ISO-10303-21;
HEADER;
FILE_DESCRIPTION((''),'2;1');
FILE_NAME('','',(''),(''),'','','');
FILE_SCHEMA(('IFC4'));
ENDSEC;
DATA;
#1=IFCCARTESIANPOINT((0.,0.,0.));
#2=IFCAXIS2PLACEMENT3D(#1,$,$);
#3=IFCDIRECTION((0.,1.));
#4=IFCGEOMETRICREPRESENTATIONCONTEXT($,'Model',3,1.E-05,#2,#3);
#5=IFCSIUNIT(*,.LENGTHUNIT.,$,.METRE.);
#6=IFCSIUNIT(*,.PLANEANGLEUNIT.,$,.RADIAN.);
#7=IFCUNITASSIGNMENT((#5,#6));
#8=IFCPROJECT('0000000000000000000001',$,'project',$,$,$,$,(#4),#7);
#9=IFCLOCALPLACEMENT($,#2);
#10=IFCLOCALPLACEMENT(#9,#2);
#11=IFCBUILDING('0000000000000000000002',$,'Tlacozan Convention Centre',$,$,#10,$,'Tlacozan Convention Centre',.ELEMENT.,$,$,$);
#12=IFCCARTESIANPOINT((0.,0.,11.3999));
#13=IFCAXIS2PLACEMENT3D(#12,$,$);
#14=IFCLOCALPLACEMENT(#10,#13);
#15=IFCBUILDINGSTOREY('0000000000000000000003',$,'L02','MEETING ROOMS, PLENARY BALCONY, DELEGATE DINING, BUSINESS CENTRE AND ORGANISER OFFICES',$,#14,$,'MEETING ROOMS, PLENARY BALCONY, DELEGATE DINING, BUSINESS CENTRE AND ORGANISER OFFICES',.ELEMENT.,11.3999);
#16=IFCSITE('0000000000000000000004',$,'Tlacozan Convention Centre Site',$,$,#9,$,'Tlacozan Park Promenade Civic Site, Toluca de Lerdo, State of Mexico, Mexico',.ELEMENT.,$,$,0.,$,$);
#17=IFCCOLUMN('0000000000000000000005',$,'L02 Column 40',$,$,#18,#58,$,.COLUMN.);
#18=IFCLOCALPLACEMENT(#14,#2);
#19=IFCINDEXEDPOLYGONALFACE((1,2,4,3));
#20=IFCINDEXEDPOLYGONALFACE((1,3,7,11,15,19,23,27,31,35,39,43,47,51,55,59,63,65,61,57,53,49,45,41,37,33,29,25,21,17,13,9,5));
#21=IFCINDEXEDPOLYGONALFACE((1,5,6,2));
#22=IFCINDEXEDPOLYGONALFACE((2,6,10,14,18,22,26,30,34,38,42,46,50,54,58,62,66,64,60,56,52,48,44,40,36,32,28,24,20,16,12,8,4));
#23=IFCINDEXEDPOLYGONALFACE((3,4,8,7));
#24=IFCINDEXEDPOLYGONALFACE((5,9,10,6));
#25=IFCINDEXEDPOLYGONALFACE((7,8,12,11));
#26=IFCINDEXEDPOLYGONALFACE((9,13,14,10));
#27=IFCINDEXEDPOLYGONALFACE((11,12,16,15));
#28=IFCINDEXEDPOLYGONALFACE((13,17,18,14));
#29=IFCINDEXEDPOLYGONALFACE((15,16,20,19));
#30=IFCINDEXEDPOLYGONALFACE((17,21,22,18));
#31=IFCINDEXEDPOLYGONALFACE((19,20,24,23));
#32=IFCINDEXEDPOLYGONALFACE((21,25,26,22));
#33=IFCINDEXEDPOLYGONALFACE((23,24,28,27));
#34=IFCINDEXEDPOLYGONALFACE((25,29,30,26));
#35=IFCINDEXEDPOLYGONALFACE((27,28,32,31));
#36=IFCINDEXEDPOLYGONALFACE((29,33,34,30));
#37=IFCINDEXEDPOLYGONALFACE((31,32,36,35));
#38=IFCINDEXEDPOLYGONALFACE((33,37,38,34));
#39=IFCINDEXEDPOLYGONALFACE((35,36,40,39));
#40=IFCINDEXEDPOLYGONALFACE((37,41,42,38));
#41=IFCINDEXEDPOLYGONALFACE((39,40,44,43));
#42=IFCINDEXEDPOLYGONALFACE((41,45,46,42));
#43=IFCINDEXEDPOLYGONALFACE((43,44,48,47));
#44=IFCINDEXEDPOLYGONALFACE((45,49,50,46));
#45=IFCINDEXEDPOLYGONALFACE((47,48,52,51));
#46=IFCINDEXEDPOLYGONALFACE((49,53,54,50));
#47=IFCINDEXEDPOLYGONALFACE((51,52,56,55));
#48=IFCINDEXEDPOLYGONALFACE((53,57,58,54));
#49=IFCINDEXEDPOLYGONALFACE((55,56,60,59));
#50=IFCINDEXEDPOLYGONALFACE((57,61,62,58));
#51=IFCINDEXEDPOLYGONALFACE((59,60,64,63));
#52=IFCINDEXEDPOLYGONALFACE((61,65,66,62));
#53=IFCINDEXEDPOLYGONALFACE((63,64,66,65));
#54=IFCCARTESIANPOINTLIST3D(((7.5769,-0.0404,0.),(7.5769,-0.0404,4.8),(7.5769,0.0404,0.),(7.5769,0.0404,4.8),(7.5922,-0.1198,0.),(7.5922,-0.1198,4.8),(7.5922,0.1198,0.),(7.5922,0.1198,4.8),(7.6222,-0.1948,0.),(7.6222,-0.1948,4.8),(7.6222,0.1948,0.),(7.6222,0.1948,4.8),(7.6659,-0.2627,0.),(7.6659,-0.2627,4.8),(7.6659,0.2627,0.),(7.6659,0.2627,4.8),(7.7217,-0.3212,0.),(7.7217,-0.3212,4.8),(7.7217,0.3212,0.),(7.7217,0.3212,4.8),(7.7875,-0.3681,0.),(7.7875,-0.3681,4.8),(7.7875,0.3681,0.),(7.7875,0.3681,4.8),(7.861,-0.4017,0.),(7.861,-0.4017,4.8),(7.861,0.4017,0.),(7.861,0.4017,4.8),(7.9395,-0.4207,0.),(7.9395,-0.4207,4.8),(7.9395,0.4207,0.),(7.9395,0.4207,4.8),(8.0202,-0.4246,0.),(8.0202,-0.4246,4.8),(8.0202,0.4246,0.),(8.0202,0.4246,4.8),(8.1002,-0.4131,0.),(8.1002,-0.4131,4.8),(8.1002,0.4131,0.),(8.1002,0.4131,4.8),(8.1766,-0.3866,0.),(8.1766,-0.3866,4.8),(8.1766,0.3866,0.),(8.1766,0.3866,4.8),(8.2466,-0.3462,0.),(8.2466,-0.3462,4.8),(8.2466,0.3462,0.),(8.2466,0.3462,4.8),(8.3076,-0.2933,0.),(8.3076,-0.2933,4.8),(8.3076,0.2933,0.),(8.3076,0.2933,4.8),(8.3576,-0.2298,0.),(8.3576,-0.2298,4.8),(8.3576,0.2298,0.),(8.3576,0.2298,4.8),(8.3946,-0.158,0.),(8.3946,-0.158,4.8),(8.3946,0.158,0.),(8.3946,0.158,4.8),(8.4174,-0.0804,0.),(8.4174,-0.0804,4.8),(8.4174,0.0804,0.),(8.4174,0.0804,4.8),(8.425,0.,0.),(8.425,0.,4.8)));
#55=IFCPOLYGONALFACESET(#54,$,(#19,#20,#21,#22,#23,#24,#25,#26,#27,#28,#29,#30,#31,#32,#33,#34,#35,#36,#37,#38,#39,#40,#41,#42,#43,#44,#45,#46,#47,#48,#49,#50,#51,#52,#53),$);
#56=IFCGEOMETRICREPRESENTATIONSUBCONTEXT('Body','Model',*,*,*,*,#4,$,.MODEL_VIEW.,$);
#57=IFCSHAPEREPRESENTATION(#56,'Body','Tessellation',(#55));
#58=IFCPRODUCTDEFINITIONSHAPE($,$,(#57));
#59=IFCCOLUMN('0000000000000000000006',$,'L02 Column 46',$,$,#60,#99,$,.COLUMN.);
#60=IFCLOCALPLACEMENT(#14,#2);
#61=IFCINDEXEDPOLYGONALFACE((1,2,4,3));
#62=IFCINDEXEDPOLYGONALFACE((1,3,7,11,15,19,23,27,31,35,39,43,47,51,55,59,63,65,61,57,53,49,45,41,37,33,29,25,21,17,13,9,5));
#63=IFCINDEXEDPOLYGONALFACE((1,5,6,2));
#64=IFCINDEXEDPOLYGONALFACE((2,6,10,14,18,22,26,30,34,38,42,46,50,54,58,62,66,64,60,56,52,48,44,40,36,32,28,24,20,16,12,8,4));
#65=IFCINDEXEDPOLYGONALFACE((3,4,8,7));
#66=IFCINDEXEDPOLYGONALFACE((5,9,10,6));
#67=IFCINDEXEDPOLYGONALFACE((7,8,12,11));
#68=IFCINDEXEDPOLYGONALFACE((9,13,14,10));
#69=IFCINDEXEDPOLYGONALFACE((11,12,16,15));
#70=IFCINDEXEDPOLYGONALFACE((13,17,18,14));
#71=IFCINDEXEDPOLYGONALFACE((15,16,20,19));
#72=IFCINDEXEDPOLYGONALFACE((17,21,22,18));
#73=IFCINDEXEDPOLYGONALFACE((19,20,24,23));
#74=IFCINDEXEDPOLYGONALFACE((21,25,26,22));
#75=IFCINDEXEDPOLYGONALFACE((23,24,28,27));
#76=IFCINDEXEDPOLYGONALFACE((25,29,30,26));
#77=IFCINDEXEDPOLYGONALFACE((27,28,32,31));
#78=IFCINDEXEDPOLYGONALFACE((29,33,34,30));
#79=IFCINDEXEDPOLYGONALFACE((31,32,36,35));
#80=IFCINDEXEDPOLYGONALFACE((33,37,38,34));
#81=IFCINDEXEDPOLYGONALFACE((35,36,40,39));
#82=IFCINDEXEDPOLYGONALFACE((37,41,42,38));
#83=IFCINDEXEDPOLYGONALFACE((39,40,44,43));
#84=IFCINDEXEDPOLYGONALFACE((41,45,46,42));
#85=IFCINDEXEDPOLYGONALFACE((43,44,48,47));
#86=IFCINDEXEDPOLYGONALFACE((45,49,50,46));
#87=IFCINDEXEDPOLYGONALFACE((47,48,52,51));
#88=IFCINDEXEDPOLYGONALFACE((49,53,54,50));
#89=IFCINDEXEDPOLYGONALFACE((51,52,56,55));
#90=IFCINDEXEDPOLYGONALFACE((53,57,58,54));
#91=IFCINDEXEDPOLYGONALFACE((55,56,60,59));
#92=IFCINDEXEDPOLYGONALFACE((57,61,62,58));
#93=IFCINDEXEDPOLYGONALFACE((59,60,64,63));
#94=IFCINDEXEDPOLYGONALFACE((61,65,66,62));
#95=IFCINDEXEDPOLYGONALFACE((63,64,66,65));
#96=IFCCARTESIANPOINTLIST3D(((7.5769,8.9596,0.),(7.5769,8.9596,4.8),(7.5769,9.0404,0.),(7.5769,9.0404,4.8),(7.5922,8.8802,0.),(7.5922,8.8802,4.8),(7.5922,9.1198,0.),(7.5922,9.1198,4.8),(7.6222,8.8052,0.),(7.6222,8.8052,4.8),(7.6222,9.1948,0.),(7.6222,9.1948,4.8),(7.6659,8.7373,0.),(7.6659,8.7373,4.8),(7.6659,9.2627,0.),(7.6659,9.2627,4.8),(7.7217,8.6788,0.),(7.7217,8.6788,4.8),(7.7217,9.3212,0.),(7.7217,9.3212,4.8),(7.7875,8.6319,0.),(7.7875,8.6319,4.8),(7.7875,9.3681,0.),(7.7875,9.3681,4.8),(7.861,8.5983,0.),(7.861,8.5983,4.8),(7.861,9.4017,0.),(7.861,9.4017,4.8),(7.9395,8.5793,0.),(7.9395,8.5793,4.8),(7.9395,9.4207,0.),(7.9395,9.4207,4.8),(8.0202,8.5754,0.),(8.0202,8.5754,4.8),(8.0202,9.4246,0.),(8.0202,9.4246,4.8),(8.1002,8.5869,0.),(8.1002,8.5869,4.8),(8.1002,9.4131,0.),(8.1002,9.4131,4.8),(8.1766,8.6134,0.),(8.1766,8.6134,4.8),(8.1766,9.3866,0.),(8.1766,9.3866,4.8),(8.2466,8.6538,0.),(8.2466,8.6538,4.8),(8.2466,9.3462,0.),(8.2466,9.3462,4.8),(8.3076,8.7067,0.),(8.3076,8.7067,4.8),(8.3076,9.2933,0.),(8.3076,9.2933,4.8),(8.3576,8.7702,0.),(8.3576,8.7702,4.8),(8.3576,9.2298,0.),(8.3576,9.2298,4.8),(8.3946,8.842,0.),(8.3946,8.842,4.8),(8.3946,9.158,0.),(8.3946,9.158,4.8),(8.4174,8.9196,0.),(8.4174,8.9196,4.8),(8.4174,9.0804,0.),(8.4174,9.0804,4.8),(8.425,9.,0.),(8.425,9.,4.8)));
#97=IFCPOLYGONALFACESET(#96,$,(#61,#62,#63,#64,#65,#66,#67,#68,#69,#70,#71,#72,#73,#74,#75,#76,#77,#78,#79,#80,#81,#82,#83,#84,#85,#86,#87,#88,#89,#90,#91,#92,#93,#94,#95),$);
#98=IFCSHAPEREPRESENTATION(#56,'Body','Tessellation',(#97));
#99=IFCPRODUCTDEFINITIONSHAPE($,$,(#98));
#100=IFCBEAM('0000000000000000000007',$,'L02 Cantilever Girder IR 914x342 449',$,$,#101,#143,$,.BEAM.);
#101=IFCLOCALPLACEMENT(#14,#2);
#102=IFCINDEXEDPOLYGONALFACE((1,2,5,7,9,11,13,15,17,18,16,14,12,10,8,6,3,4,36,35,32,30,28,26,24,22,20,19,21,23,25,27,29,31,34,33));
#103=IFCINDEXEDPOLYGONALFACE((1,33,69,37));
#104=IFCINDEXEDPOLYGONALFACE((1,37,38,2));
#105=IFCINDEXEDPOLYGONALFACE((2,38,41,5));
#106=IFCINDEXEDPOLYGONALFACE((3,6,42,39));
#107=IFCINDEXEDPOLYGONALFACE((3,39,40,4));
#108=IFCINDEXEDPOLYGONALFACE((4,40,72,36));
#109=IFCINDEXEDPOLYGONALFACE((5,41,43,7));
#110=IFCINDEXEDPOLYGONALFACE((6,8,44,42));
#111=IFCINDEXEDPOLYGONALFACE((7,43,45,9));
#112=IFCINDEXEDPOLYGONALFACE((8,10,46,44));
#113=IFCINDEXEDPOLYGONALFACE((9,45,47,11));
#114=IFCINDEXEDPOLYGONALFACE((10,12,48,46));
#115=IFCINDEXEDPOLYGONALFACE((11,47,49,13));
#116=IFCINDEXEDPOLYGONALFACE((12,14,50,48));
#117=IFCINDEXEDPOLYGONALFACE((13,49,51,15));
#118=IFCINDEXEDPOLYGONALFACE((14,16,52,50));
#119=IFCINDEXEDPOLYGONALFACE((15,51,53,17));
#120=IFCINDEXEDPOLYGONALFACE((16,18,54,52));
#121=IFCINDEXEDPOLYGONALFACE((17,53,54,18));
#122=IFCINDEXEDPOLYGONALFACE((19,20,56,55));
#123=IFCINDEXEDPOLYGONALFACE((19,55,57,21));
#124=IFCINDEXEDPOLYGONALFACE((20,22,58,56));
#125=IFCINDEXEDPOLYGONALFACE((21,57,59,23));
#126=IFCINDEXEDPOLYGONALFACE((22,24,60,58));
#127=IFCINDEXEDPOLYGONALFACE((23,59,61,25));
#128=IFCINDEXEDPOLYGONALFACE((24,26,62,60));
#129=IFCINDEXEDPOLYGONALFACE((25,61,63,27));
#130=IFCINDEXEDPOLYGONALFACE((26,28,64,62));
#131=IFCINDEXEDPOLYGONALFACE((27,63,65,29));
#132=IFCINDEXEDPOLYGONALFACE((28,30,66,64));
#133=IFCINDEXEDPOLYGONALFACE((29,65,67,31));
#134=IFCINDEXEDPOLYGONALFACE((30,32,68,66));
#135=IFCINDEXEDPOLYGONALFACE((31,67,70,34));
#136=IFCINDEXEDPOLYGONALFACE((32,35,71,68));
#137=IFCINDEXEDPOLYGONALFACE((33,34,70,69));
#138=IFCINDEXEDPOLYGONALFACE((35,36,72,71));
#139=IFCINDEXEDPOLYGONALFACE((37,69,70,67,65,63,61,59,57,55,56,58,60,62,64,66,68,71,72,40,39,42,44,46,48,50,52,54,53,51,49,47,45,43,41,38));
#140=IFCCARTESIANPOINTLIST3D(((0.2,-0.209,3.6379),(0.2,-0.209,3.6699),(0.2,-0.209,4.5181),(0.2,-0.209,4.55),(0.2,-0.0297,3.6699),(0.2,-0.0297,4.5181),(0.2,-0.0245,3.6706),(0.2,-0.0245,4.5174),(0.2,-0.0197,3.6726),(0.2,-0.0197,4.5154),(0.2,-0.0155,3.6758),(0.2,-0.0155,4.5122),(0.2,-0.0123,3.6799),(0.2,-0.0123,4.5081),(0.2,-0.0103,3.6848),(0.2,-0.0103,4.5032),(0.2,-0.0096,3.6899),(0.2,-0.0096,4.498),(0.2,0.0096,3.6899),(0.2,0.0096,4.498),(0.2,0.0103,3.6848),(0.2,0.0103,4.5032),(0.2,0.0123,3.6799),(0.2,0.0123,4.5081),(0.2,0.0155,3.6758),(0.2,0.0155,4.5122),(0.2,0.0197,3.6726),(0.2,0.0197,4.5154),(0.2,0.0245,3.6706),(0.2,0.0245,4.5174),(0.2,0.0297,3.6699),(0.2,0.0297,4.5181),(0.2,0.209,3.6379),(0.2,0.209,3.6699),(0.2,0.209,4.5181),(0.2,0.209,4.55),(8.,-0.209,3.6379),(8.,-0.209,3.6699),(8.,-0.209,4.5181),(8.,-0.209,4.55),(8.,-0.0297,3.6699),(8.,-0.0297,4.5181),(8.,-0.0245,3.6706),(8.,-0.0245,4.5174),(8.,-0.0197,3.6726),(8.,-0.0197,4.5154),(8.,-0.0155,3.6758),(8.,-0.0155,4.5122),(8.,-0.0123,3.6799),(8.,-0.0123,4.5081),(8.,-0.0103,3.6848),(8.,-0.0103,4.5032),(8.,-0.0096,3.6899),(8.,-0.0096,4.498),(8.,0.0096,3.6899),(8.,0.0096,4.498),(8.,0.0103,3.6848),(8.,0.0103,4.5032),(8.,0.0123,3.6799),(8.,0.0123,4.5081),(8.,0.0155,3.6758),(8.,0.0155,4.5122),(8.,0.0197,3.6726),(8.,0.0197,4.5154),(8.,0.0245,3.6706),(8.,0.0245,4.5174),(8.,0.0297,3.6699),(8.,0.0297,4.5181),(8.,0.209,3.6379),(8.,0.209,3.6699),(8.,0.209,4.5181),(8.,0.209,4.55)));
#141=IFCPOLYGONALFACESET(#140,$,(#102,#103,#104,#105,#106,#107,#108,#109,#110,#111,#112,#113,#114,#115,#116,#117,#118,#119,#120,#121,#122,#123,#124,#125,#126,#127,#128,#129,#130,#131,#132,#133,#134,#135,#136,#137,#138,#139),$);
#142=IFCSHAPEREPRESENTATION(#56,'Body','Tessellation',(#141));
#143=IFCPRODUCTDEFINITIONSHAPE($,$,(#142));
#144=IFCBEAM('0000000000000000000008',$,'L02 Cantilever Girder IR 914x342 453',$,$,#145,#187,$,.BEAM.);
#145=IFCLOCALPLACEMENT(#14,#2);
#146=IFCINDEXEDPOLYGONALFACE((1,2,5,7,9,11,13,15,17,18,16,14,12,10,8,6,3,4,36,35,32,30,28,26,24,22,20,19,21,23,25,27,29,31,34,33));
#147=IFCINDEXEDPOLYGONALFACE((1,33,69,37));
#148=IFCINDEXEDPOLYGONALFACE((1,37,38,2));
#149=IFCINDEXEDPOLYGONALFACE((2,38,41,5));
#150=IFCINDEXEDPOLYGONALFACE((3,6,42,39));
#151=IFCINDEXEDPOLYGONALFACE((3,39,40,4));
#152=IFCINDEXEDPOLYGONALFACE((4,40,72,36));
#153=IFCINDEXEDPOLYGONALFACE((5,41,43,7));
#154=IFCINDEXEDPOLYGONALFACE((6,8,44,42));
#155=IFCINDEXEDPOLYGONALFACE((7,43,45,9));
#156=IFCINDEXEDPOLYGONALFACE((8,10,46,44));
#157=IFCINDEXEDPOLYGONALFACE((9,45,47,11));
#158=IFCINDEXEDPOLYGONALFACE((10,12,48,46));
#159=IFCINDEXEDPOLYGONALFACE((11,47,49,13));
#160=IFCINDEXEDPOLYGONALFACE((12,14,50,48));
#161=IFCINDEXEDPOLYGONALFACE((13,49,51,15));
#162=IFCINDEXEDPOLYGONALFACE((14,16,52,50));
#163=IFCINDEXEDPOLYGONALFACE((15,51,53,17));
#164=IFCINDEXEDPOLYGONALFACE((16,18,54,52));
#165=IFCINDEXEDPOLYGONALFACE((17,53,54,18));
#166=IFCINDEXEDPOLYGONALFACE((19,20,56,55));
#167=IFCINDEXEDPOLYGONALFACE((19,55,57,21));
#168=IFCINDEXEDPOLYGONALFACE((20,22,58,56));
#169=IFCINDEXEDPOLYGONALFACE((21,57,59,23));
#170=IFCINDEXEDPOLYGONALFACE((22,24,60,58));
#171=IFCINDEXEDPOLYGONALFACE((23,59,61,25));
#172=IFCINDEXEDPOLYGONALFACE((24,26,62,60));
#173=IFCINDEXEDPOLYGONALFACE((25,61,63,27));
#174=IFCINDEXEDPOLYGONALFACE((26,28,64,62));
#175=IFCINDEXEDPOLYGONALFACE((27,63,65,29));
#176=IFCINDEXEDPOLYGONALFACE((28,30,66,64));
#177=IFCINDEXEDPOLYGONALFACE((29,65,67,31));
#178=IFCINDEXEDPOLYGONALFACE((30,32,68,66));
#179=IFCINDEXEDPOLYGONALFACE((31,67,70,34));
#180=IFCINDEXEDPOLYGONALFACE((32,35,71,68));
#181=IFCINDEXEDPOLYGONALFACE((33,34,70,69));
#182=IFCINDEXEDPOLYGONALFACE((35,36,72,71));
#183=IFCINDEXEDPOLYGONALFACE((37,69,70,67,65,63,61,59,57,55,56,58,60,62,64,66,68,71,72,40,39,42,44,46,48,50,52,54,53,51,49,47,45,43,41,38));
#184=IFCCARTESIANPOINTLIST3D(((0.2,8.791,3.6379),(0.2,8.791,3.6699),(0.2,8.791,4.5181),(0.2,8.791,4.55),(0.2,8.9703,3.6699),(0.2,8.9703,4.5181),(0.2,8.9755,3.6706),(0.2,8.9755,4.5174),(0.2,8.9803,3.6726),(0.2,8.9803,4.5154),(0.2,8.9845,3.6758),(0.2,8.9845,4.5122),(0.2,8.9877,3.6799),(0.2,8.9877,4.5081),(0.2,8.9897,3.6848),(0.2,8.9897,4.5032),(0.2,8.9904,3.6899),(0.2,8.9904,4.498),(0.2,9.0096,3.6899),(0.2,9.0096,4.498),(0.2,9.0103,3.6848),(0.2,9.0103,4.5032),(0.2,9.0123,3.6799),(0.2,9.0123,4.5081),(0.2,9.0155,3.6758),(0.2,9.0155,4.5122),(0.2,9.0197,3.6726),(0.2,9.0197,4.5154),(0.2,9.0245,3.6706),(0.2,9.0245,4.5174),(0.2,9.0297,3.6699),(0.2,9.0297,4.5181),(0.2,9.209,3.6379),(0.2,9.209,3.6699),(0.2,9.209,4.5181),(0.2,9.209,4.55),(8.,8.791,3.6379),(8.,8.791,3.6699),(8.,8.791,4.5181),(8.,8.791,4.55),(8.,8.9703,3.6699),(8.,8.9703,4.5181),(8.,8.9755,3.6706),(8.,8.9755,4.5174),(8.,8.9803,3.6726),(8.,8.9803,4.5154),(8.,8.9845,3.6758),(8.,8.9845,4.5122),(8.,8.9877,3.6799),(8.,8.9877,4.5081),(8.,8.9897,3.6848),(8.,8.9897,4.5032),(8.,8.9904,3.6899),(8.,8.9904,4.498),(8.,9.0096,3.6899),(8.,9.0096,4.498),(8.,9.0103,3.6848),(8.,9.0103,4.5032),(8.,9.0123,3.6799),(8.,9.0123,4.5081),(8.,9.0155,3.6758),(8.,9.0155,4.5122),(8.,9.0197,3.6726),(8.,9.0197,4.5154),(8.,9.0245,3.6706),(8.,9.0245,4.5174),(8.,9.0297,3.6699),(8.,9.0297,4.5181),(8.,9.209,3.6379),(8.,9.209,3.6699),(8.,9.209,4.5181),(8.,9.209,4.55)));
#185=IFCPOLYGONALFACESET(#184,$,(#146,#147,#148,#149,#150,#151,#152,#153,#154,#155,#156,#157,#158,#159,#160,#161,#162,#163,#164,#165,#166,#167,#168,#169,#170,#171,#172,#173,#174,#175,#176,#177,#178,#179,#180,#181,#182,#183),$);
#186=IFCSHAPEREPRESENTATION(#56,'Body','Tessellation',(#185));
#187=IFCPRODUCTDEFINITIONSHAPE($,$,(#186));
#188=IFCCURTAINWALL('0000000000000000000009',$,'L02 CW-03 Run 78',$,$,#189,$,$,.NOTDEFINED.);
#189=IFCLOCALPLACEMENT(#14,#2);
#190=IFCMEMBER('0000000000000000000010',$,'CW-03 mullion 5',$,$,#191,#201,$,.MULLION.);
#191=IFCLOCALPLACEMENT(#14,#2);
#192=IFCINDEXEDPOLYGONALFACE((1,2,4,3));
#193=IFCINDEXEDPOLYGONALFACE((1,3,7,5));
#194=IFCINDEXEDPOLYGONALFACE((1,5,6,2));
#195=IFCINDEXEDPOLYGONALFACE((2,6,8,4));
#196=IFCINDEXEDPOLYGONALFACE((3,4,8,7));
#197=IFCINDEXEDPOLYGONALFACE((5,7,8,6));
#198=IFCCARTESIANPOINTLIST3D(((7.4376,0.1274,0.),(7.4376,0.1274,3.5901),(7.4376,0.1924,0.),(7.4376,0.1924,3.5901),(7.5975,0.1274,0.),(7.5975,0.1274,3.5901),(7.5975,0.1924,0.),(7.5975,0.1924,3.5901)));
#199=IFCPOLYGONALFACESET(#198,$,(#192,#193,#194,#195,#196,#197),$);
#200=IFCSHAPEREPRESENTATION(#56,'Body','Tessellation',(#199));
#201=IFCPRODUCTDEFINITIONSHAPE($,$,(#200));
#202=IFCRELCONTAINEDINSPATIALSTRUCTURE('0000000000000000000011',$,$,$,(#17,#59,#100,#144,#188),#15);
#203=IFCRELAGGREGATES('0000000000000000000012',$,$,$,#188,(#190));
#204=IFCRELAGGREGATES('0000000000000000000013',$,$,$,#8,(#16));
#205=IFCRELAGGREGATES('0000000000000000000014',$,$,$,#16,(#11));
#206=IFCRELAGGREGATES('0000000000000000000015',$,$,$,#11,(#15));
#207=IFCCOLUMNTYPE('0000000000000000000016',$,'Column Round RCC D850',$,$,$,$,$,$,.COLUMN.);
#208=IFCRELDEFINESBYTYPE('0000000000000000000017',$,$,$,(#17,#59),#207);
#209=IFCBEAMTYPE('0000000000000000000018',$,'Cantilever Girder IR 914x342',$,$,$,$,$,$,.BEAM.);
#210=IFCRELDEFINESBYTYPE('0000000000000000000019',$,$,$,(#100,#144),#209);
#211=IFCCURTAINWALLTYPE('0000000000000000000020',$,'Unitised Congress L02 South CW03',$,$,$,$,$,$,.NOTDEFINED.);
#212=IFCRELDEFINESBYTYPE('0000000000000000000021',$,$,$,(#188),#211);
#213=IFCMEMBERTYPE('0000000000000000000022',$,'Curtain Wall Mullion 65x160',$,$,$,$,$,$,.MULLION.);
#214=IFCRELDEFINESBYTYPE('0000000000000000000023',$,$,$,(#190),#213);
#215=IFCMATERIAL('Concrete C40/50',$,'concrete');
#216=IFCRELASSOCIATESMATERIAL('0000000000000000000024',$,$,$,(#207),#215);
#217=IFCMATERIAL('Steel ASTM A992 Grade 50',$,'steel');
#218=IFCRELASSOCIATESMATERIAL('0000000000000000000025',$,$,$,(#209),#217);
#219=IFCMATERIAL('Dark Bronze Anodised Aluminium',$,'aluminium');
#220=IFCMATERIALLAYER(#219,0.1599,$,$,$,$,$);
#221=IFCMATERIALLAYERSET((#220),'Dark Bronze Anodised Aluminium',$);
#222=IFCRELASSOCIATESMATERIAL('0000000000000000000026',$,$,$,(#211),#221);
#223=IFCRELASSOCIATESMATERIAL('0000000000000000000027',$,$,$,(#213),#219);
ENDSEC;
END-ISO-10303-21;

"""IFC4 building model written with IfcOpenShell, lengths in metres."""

from ifc_helpers import new_model, si_unit, direction, frame, origin, origin_2d, place, context, subcontext, project, spatial, rectangle, circle, i_section, extrude, material, layer, layer_set, material_profile, profile_set, type_object, element, aggregate, save


model = new_model("IFC4")

# Units and contexts
model_context = context("Model", 3, precision=1e-05, world=origin(), true_north=direction((0.0, 1.0)))
body_context = subcontext(model_context, "Body", "Model", "MODEL_VIEW")
ifc_project = project(units=[si_unit("LENGTHUNIT", "METRE"), si_unit("PLANEANGLEUNIT", "RADIAN")], contexts=[model_context])

# Site, building, storey
site_placement = place(None, origin())
site = spatial("IfcSite", under=ifc_project, at=site_placement, Name="Tlacozan Convention Centre Site", LongName="Tlacozan Park Promenade Civic Site, Toluca de Lerdo, State of Mexico, Mexico", CompositionType="ELEMENT", RefElevation=0.0)
building_placement = place(site_placement, origin())
building = spatial("IfcBuilding", under=site, at=building_placement, Name="Tlacozan Convention Centre", LongName="Tlacozan Convention Centre", CompositionType="ELEMENT")
storey_placement = place(building_placement, frame((0.0, 0.0, 11.3999)))
storey = spatial("IfcBuildingStorey", under=building, at=storey_placement, Name="L02", Description="MEETING ROOMS, PLENARY BALCONY, DELEGATE DINING, BUSINESS CENTRE AND ORGANISER OFFICES", LongName="MEETING ROOMS, PLENARY BALCONY, DELEGATE DINING, BUSINESS CENTRE AND ORGANISER OFFICES", CompositionType="ELEMENT", Elevation=11.3999)

# Columns
ifc_material_1 = material(Name="Concrete C40/50", Category="concrete")
ifc_material_profile_1 = material_profile(ifc_material_1, circle(Radius=0.425, at=origin_2d()), Name="RCC D850")
ifc_profile_set_1 = profile_set([ifc_material_profile_1], Name="Concrete C40/50")
column_type = type_object("IfcColumnType", Name="Column Round RCC D850", PredefinedType="COLUMN", material=ifc_profile_set_1)
for number, where, z_axis, x_axis, name in (
    (1, (8.0, 0.0, 0.0), (0.0, 0.0, 1.0), (1.0, 0.0, 0.0), "L02 Column 40"),
    (2, (8.0, 9.0, 0.0), (0.0, 0.0, 1.0), (1.0, 0.0, 0.0), "L02 Column 46"),
):
    element("IfcColumn", number, at=place(storey_placement, frame(where, z_axis=z_axis, x_axis=x_axis)), inside=storey, type_object=column_type, Name=name, PredefinedType="COLUMN", context=body_context, shape_type="SweptSolid", body=[
        extrude(circle(Radius=0.425, at=origin_2d()), origin(), (0.0, 0.0, 1.0), 4.8),
    ])

# Beams
ifc_material_2 = material(Name="Steel ASTM A992 Grade 50", Category="steel")
ifc_material_profile_2 = material_profile(ifc_material_2, i_section(OverallWidth=0.418, OverallDepth=0.9121, WebThickness=0.0193, FlangeThickness=0.032, FilletRadius=0.02, at=origin_2d()), Name="IR 914x342.0")
ifc_profile_set_2 = profile_set([ifc_material_profile_2], Name="Steel ASTM A992 Grade 50")
beam_type_1 = type_object("IfcBeamType", Name="Cantilever Girder IR 914x342", PredefinedType="BEAM", material=ifc_profile_set_2)
for number, where, z_axis, x_axis, name in (
    (3, (8.0, 0.0, 4.094), (-1.0, 0.0, 0.0), (0.0, -1.0, 0.0), "L02 Cantilever Girder IR 914x342 449"),
    (4, (8.0, 9.0, 4.094), (-1.0, 0.0, 0.0), (0.0, -1.0, 0.0), "L02 Cantilever Girder IR 914x342 453"),
):
    element("IfcBeam", number, at=place(storey_placement, frame(where, z_axis=z_axis, x_axis=x_axis)), inside=storey, type_object=beam_type_1, Name=name, PredefinedType="BEAM", context=body_context, shape_type="SweptSolid", body=[
        extrude(i_section(OverallWidth=0.418, OverallDepth=0.9121, WebThickness=0.0193, FlangeThickness=0.032, FilletRadius=0.02, at=origin_2d()), origin(), (0.0, 0.0, 1.0), 7.8),
    ])

# Curtain wall, member
ifc_material_3 = material(Name="Dark Bronze Anodised Aluminium", Category="aluminium")
ifc_layer_1 = layer(ifc_material_3, 0.1599)
ifc_layer_set_1 = layer_set([ifc_layer_1], Name="Dark Bronze Anodised Aluminium")
curtain_wall_type = type_object("IfcCurtainWallType", Name="Unitised Congress L02 South CW03", PredefinedType="NOTDEFINED", material=ifc_layer_set_1)
curtain_wall_1_placement = place(storey_placement, origin())
curtain_wall_1 = element("IfcCurtainWall", 5, at=curtain_wall_1_placement, inside=storey, type_object=curtain_wall_type, Name="L02 CW-03 Run 78", PredefinedType="NOTDEFINED")
ifc_material_profile_3 = material_profile(ifc_material_3, rectangle(XDim=0.0649, YDim=0.1599, at=origin_2d()), Name="ALU 65x160")
ifc_profile_set_3 = profile_set([ifc_material_profile_3], Name="Dark Bronze Anodised Aluminium")
member_type_1 = type_object("IfcMemberType", Name="Curtain Wall Mullion 65x160", PredefinedType="MULLION", material=ifc_profile_set_3)
member_1_placement = place(storey_placement, frame((7.5176, 0.1599, 0.0), z_axis=(0.0, 0.0, 1.0), x_axis=(0.0, 1.0, 0.0)))
member_1 = element("IfcMember", 6, at=member_1_placement, type_object=member_type_1, Name="CW-03 mullion 5", PredefinedType="MULLION", context=body_context, shape_type="SweptSolid", body=[
    extrude(rectangle(XDim=0.0649, YDim=0.1599, at=origin_2d()), origin(), (0.0, 0.0, 1.0), 3.5901),
])

aggregate(curtain_wall_1, [member_1])

save(model, "model.ifc")
